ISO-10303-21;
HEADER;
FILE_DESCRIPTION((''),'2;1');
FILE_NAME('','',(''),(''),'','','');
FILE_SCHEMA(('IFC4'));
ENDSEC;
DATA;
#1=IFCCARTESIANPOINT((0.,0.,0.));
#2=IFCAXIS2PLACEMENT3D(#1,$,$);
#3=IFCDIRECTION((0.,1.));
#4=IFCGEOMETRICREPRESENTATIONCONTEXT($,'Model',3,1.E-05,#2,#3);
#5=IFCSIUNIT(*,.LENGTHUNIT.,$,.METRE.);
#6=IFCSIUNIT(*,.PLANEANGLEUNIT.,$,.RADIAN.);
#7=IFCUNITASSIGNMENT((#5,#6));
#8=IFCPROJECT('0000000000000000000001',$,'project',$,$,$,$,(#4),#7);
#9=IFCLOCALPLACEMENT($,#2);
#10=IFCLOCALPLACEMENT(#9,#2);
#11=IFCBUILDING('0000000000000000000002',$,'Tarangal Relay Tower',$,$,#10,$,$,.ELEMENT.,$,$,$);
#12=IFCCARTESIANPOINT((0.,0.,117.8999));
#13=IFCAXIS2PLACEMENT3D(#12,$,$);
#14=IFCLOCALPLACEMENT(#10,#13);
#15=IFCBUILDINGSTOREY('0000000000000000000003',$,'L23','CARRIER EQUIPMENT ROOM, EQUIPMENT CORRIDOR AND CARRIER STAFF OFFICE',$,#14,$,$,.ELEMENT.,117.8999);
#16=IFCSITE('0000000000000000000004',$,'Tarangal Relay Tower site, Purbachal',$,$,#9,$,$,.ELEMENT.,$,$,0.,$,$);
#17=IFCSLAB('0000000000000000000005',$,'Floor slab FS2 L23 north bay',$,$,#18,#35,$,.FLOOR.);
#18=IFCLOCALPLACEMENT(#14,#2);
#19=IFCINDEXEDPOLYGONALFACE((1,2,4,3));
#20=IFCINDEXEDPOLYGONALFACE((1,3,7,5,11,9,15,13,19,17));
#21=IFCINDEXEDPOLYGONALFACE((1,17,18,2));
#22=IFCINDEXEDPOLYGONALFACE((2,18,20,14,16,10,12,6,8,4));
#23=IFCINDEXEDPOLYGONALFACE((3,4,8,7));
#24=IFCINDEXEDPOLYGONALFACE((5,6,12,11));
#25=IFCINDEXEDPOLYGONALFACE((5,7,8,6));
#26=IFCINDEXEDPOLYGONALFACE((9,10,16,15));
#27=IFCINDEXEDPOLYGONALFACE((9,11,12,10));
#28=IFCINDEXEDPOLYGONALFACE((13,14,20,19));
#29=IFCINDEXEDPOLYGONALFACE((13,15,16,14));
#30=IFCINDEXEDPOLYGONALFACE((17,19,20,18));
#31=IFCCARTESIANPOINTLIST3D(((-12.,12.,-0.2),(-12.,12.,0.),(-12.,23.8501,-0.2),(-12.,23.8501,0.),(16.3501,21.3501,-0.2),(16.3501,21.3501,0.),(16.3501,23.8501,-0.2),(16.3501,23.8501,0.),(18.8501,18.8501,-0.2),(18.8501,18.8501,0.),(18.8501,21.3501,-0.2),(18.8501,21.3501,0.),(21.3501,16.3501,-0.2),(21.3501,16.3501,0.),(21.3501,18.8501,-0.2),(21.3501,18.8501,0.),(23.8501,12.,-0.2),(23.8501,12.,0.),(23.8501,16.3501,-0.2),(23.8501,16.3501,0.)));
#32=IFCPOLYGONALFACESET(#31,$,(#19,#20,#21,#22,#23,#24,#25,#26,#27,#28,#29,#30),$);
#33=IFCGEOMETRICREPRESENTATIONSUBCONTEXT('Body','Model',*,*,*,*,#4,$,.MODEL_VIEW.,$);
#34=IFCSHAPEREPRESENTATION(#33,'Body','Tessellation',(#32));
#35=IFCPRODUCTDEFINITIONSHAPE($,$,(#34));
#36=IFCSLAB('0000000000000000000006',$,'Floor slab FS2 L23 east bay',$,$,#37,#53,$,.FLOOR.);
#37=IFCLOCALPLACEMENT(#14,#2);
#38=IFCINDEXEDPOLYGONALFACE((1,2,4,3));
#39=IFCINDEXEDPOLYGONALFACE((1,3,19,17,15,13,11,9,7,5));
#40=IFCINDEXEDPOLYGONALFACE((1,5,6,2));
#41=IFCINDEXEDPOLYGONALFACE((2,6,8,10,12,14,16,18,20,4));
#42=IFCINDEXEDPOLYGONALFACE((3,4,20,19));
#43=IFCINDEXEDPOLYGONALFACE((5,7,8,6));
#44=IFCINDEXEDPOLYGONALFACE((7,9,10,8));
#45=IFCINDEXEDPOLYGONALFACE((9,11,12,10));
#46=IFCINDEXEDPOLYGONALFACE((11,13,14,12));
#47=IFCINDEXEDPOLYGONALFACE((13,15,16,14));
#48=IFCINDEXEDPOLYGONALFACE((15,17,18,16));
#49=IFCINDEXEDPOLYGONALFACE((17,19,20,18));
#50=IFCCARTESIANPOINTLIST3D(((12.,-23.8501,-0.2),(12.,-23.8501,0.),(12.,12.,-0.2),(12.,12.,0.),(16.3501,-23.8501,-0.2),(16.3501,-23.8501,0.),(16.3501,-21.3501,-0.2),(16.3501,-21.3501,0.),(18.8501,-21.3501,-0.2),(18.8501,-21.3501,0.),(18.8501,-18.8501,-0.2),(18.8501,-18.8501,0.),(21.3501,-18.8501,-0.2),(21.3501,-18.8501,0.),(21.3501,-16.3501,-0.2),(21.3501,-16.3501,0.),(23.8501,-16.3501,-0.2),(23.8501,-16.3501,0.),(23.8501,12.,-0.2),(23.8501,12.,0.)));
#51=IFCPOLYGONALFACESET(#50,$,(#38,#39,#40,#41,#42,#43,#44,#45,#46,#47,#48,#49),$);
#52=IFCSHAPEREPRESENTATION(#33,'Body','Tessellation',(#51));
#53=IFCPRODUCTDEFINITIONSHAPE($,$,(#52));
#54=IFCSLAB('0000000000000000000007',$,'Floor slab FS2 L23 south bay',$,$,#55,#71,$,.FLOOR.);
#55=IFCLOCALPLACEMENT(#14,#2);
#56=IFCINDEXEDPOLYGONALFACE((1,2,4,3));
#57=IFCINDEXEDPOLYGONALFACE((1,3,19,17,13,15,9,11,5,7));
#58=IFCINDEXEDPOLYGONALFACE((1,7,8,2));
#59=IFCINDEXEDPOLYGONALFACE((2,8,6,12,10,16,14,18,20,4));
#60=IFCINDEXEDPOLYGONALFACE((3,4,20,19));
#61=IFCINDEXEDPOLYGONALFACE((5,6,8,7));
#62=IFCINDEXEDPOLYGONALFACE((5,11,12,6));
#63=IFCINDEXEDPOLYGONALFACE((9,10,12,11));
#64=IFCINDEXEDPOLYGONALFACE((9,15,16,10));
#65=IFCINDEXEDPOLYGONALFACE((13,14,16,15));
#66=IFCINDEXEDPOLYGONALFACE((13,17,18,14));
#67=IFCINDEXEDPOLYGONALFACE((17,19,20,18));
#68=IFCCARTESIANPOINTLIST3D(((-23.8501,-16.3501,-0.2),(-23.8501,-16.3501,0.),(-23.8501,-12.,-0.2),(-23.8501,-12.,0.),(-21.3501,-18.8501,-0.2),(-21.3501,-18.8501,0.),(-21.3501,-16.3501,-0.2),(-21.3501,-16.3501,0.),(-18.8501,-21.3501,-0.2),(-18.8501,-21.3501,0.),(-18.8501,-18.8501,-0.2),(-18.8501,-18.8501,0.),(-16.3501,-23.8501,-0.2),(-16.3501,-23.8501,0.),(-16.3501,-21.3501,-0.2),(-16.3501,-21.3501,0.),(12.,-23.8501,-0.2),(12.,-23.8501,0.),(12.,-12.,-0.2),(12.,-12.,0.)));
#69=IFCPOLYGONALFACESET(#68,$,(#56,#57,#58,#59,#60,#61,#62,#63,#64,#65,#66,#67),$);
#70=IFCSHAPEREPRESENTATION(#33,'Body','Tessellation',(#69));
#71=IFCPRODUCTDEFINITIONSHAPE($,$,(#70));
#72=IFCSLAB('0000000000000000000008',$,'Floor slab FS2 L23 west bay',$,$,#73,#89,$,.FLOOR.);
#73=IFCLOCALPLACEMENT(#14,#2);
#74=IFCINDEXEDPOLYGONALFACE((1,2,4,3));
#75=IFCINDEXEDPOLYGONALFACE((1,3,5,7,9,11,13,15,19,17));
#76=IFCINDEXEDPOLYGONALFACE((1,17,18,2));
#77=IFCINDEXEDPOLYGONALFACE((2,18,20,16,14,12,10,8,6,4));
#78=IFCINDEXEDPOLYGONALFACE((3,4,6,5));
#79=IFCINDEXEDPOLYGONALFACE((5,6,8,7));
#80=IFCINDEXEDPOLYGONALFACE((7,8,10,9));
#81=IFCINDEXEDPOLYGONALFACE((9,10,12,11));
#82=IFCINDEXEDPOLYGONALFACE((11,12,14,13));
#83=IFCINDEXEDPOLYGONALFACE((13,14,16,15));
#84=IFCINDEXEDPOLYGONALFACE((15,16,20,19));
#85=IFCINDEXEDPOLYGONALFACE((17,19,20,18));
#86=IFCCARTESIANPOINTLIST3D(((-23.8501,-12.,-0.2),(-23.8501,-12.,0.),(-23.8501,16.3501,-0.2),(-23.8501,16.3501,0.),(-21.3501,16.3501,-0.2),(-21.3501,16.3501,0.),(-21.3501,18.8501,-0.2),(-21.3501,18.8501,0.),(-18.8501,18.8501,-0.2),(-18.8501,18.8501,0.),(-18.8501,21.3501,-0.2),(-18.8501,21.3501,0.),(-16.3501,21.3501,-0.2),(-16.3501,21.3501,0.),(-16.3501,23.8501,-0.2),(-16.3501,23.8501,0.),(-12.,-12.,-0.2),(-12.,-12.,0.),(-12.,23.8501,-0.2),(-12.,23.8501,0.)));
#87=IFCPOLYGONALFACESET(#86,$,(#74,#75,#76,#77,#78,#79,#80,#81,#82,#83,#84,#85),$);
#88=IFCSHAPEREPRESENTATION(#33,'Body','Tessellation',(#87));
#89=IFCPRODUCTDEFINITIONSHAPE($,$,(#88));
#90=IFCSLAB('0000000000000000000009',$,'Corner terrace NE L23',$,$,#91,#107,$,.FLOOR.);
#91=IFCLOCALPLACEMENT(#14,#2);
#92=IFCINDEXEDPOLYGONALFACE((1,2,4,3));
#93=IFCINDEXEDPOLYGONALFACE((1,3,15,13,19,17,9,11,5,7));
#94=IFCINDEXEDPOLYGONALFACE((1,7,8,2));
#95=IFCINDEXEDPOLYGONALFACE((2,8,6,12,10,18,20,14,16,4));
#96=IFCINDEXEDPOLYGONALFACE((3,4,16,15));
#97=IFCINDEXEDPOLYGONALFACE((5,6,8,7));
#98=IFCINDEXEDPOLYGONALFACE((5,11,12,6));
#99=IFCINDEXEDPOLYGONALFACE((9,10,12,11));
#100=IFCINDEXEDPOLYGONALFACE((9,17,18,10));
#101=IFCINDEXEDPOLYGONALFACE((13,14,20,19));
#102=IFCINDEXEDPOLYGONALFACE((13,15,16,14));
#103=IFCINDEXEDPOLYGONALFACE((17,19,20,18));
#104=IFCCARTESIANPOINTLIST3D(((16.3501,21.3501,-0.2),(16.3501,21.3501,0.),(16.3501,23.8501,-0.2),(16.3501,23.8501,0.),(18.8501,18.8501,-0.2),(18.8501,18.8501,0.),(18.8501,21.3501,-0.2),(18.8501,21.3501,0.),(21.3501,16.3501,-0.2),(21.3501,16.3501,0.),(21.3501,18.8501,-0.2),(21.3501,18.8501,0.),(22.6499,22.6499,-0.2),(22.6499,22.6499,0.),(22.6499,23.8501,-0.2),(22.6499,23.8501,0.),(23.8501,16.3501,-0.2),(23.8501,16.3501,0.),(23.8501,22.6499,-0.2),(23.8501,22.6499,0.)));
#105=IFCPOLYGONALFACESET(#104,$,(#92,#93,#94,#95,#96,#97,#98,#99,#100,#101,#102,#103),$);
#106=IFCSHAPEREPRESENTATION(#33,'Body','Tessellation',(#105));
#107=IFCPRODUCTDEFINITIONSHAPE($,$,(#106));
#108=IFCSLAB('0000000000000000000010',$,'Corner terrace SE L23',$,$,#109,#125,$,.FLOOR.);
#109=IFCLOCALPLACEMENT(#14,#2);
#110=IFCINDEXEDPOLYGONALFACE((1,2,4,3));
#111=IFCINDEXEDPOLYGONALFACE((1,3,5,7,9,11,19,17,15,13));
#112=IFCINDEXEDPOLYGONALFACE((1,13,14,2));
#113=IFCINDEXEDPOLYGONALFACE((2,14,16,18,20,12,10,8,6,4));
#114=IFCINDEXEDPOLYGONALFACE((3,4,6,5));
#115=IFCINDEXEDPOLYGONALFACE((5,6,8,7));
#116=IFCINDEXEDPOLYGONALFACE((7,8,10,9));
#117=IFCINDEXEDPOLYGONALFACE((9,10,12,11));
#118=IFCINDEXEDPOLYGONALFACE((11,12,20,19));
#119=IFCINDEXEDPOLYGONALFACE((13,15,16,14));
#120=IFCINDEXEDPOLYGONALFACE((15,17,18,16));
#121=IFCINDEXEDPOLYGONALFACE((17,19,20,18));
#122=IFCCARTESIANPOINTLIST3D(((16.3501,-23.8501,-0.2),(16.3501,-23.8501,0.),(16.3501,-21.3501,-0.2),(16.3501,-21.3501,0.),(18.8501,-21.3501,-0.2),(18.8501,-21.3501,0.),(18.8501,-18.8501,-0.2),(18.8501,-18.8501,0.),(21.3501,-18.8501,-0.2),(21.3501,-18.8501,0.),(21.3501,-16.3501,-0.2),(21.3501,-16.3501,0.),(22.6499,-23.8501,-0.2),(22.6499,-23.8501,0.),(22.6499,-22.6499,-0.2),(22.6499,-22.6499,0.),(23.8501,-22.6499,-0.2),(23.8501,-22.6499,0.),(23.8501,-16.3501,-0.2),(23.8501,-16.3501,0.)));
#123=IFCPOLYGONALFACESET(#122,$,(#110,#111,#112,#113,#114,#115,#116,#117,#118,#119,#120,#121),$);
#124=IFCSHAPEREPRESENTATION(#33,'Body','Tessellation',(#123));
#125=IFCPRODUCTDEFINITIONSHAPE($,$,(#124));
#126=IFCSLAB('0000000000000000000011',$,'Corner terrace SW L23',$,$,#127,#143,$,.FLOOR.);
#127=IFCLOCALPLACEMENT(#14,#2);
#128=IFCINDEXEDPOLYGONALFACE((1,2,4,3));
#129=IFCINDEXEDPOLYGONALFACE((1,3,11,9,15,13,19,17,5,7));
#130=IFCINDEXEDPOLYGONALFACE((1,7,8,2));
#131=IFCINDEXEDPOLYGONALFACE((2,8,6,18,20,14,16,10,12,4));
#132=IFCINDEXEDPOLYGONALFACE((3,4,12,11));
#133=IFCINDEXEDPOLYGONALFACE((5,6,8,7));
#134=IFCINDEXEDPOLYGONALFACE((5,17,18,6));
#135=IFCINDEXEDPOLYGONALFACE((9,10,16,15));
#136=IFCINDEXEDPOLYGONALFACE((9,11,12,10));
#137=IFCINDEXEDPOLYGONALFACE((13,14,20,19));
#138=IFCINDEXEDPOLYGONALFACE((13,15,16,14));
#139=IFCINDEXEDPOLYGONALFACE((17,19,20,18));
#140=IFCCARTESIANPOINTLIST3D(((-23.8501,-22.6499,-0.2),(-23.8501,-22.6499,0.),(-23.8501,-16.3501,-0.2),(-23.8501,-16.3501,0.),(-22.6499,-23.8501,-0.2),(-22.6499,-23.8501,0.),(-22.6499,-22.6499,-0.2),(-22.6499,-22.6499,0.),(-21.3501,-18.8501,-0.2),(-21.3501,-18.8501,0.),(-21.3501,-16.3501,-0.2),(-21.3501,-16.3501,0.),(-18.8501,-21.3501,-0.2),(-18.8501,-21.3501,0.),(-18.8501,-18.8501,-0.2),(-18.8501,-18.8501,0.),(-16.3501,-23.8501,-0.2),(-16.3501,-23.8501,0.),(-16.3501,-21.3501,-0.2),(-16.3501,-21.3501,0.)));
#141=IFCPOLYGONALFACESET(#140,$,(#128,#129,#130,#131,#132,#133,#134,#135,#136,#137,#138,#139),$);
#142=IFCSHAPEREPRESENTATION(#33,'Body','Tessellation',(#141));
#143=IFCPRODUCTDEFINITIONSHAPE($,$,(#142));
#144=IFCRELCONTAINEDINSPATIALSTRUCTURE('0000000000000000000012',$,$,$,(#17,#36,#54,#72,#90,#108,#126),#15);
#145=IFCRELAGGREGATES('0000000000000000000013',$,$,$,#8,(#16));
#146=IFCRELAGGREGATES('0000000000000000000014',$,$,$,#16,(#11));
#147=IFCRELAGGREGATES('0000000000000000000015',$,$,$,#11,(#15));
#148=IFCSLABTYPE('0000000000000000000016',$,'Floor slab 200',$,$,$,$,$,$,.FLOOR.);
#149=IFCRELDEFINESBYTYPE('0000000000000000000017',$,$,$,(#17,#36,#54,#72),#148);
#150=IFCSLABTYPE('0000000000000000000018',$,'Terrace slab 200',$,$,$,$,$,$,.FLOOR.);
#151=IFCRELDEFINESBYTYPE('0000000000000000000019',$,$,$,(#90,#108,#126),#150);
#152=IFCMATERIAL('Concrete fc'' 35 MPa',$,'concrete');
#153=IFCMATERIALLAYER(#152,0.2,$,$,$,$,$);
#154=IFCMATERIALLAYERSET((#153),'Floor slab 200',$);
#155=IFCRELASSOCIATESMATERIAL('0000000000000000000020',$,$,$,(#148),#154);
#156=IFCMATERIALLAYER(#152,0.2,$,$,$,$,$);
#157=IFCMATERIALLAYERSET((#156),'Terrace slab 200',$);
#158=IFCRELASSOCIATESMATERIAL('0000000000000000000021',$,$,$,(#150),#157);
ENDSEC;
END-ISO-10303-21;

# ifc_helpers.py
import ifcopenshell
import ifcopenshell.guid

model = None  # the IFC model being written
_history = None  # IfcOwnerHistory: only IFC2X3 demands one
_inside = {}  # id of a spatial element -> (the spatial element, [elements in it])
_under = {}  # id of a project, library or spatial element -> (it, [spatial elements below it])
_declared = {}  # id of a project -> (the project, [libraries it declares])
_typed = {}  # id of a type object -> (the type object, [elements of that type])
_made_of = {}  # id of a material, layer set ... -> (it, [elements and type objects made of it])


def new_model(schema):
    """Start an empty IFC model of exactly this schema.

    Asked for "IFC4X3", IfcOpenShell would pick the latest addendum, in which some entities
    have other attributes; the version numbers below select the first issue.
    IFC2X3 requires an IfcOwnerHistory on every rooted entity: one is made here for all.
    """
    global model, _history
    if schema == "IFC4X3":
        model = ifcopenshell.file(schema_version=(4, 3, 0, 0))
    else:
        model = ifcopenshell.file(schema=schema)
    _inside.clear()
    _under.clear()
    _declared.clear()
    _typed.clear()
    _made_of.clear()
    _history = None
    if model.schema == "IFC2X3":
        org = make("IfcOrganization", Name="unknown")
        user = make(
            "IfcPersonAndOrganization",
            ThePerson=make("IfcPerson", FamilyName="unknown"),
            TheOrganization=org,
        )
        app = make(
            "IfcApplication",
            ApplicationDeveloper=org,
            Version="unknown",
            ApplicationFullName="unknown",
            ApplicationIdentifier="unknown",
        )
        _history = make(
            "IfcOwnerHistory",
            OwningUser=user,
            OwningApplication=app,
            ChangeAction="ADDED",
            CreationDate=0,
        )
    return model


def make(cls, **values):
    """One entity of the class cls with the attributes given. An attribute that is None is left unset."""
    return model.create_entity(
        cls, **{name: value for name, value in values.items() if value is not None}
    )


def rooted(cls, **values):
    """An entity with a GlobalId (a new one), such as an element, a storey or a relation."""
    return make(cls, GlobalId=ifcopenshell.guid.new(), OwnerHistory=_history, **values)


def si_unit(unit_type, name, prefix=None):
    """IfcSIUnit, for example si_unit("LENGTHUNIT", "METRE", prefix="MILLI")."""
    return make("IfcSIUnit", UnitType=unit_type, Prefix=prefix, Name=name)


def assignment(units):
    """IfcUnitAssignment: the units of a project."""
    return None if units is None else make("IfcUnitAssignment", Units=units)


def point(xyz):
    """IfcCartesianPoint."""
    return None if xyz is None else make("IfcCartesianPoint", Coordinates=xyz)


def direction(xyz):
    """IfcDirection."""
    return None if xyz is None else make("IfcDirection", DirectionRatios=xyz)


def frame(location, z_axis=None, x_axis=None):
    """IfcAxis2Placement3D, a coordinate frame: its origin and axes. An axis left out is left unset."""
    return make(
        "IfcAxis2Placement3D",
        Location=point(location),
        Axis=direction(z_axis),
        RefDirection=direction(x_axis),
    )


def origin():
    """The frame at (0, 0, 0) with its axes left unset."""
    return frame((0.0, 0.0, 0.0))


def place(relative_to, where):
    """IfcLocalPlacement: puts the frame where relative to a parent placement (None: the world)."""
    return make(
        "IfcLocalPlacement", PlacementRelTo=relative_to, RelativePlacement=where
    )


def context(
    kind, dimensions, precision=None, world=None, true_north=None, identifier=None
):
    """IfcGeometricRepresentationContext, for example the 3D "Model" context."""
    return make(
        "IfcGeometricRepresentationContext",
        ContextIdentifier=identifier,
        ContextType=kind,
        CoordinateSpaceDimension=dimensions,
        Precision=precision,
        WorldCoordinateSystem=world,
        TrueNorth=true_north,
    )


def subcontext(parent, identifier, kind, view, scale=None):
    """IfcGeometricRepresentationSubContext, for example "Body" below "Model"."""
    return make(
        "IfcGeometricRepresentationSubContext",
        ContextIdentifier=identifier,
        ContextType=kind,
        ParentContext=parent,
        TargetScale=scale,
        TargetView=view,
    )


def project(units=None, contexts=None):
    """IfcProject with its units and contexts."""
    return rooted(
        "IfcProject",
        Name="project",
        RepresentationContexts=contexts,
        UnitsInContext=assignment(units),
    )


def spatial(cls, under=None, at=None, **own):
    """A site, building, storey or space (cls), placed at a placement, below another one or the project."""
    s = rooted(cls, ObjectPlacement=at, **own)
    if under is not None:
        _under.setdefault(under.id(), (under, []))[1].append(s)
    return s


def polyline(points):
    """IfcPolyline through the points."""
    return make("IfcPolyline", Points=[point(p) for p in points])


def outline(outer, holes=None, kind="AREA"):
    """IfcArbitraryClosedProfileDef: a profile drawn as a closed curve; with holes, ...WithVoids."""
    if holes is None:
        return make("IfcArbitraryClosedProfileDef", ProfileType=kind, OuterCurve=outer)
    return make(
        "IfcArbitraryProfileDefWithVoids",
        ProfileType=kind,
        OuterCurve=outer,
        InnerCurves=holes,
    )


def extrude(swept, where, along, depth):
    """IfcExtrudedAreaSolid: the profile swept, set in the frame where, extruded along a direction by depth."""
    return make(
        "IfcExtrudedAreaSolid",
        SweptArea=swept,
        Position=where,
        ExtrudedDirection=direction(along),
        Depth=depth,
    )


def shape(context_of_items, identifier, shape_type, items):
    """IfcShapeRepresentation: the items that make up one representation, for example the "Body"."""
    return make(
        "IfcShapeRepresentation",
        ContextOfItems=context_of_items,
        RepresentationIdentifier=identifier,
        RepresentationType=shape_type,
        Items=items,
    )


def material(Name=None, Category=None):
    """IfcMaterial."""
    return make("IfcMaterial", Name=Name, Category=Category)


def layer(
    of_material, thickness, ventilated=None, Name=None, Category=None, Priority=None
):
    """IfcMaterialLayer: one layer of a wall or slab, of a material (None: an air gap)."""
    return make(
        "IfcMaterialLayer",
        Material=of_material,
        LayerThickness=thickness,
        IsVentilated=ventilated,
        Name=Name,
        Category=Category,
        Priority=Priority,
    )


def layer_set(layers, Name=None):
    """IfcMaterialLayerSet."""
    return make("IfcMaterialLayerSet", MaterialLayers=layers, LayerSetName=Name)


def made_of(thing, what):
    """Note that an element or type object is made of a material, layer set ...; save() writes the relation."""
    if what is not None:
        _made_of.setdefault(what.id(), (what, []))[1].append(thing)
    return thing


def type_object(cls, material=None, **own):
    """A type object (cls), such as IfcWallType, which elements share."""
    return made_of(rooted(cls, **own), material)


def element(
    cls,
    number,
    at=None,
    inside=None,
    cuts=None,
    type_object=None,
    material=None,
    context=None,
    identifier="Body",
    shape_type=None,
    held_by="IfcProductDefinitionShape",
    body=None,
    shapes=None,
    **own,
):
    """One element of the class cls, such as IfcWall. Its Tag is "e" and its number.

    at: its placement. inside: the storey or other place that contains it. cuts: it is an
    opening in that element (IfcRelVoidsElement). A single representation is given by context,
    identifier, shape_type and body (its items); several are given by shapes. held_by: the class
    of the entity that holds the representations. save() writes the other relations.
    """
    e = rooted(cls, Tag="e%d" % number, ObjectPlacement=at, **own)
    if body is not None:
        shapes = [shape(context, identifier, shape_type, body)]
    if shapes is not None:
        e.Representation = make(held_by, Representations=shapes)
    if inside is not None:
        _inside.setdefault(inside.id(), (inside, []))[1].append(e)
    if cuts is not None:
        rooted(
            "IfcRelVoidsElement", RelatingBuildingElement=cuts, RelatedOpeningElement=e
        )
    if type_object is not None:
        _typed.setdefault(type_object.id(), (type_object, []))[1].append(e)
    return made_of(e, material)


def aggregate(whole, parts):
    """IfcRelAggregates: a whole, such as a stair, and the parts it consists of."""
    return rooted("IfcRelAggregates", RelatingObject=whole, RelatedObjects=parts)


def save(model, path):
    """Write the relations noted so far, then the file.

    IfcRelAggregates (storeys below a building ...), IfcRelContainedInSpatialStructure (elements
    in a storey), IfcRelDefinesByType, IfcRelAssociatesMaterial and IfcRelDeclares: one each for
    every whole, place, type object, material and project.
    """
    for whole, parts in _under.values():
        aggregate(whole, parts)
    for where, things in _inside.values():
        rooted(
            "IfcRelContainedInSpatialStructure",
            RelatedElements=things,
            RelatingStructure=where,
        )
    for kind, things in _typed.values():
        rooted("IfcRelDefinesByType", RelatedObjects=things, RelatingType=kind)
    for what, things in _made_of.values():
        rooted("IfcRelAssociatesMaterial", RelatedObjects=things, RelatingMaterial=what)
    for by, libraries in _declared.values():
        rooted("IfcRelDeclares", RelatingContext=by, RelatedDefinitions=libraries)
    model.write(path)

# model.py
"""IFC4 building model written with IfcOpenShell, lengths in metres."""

from ifc_helpers import new_model, si_unit, direction, frame, origin, place, context, subcontext, project, spatial, polyline, outline, extrude, material, layer, layer_set, type_object, element, save


model = new_model("IFC4")

# Units and contexts
model_context = context("Model", 3, precision=1e-05, world=origin(), true_north=direction((0.0, 1.0)))
body_context = subcontext(model_context, "Body", "Model", "MODEL_VIEW")
ifc_project = project(units=[si_unit("LENGTHUNIT", "METRE"), si_unit("PLANEANGLEUNIT", "RADIAN")], contexts=[model_context])

# Site, building, storey
site_placement = place(None, origin())
site = spatial("IfcSite", under=ifc_project, at=site_placement, Name="Tarangal Relay Tower site, Purbachal", CompositionType="ELEMENT", RefElevation=0.0)
building_placement = place(site_placement, origin())
building = spatial("IfcBuilding", under=site, at=building_placement, Name="Tarangal Relay Tower", CompositionType="ELEMENT")
storey_placement = place(building_placement, frame((0.0, 0.0, 117.8999)))
storey = spatial("IfcBuildingStorey", under=building, at=storey_placement, Name="L23", Description="CARRIER EQUIPMENT ROOM, EQUIPMENT CORRIDOR AND CARRIER STAFF OFFICE", CompositionType="ELEMENT", Elevation=117.8999)

# Slabs
ifc_material_1 = material(Name="Concrete fc' 35 MPa", Category="concrete")
ifc_layer_1 = layer(ifc_material_1, 0.2)
ifc_layer_set_1 = layer_set([ifc_layer_1], Name="Floor slab 200")
slab_type_1 = type_object("IfcSlabType", Name="Floor slab 200", PredefinedType="FLOOR", material=ifc_layer_set_1)
slab_1_placement = place(storey_placement, frame((0.0, 0.0, -0.2)))
element("IfcSlab", 1, at=slab_1_placement, inside=storey, type_object=slab_type_1, Name="Floor slab FS2 L23 north bay", PredefinedType="FLOOR", context=body_context, shape_type="SweptSolid", body=[
    extrude(outline(polyline([(16.3501, 23.8501), (16.3501, 21.3501), (18.8501, 21.3501), (18.8501, 18.8501), (21.3501, 18.8501), (21.3501, 16.3501), (23.8501, 16.3501), (23.8501, 12.0), (-12.0, 12.0), (-12.0, 23.8501), (16.3501, 23.8501)])), origin(), (0.0, 0.0, 1.0), 0.2),
])
slab_2_placement = place(storey_placement, frame((0.0, 0.0, -0.2)))
element("IfcSlab", 2, at=slab_2_placement, inside=storey, type_object=slab_type_1, Name="Floor slab FS2 L23 east bay", PredefinedType="FLOOR", context=body_context, shape_type="SweptSolid", body=[
    extrude(outline(polyline([(23.8501, -16.3501), (21.3501, -16.3501), (21.3501, -18.8501), (18.8501, -18.8501), (18.8501, -21.3501), (16.3501, -21.3501), (16.3501, -23.8501), (12.0, -23.8501), (12.0, 12.0), (23.8501, 12.0), (23.8501, -16.3501)])), origin(), (0.0, 0.0, 1.0), 0.2),
])
slab_3_placement = place(storey_placement, frame((0.0, 0.0, -0.2)))
element("IfcSlab", 3, at=slab_3_placement, inside=storey, type_object=slab_type_1, Name="Floor slab FS2 L23 south bay", PredefinedType="FLOOR", context=body_context, shape_type="SweptSolid", body=[
    extrude(outline(polyline([(-16.3501, -23.8501), (-16.3501, -21.3501), (-18.8501, -21.3501), (-18.8501, -18.8501), (-21.3501, -18.8501), (-21.3501, -16.3501), (-23.8501, -16.3501), (-23.8501, -12.0), (12.0, -12.0), (12.0, -23.8501), (-16.3501, -23.8501)])), origin(), (0.0, 0.0, 1.0), 0.2),
])
slab_4_placement = place(storey_placement, frame((0.0, 0.0, -0.2)))
element("IfcSlab", 4, at=slab_4_placement, inside=storey, type_object=slab_type_1, Name="Floor slab FS2 L23 west bay", PredefinedType="FLOOR", context=body_context, shape_type="SweptSolid", body=[
    extrude(outline(polyline([(-12.0, 23.8501), (-12.0, -12.0), (-23.8501, -12.0), (-23.8501, 16.3501), (-21.3501, 16.3501), (-21.3501, 18.8501), (-18.8501, 18.8501), (-18.8501, 21.3501), (-16.3501, 21.3501), (-16.3501, 23.8501), (-12.0, 23.8501)])), origin(), (0.0, 0.0, 1.0), 0.2),
])
ifc_layer_2 = layer(ifc_material_1, 0.2)
ifc_layer_set_2 = layer_set([ifc_layer_2], Name="Terrace slab 200")
slab_type_2 = type_object("IfcSlabType", Name="Terrace slab 200", PredefinedType="FLOOR", material=ifc_layer_set_2)
slab_5_placement = place(storey_placement, frame((0.0, 0.0, -0.2)))
element("IfcSlab", 5, at=slab_5_placement, inside=storey, type_object=slab_type_2, Name="Corner terrace NE L23", PredefinedType="FLOOR", context=body_context, shape_type="SweptSolid", body=[
    extrude(outline(polyline([(16.3501, 23.8501), (16.3501, 21.3501), (18.8501, 21.3501), (18.8501, 18.8501), (21.3501, 18.8501), (21.3501, 16.3501), (23.8501, 16.3501), (23.8501, 22.6499), (22.6499, 22.6499), (22.6499, 23.8501), (16.3501, 23.8501)])), origin(), (0.0, 0.0, 1.0), 0.2),
])
slab_6_placement = place(storey_placement, frame((0.0, 0.0, -0.2)))
element("IfcSlab", 6, at=slab_6_placement, inside=storey, type_object=slab_type_2, Name="Corner terrace SE L23", PredefinedType="FLOOR", context=body_context, shape_type="SweptSolid", body=[
    extrude(outline(polyline([(23.8501, -16.3501), (21.3501, -16.3501), (21.3501, -18.8501), (18.8501, -18.8501), (18.8501, -21.3501), (16.3501, -21.3501), (16.3501, -23.8501), (22.6499, -23.8501), (22.6499, -22.6499), (23.8501, -22.6499), (23.8501, -16.3501)])), origin(), (0.0, 0.0, 1.0), 0.2),
])
slab_7_placement = place(storey_placement, frame((0.0, 0.0, -0.2)))
element("IfcSlab", 7, at=slab_7_placement, inside=storey, type_object=slab_type_2, Name="Corner terrace SW L23", PredefinedType="FLOOR", context=body_context, shape_type="SweptSolid", body=[
    extrude(outline(polyline([(-16.3501, -23.8501), (-16.3501, -21.3501), (-18.8501, -21.3501), (-18.8501, -18.8501), (-21.3501, -18.8501), (-21.3501, -16.3501), (-23.8501, -16.3501), (-23.8501, -22.6499), (-22.6499, -22.6499), (-22.6499, -23.8501), (-16.3501, -23.8501)])), origin(), (0.0, 0.0, 1.0), 0.2),
])

save(model, "model.ifc")
